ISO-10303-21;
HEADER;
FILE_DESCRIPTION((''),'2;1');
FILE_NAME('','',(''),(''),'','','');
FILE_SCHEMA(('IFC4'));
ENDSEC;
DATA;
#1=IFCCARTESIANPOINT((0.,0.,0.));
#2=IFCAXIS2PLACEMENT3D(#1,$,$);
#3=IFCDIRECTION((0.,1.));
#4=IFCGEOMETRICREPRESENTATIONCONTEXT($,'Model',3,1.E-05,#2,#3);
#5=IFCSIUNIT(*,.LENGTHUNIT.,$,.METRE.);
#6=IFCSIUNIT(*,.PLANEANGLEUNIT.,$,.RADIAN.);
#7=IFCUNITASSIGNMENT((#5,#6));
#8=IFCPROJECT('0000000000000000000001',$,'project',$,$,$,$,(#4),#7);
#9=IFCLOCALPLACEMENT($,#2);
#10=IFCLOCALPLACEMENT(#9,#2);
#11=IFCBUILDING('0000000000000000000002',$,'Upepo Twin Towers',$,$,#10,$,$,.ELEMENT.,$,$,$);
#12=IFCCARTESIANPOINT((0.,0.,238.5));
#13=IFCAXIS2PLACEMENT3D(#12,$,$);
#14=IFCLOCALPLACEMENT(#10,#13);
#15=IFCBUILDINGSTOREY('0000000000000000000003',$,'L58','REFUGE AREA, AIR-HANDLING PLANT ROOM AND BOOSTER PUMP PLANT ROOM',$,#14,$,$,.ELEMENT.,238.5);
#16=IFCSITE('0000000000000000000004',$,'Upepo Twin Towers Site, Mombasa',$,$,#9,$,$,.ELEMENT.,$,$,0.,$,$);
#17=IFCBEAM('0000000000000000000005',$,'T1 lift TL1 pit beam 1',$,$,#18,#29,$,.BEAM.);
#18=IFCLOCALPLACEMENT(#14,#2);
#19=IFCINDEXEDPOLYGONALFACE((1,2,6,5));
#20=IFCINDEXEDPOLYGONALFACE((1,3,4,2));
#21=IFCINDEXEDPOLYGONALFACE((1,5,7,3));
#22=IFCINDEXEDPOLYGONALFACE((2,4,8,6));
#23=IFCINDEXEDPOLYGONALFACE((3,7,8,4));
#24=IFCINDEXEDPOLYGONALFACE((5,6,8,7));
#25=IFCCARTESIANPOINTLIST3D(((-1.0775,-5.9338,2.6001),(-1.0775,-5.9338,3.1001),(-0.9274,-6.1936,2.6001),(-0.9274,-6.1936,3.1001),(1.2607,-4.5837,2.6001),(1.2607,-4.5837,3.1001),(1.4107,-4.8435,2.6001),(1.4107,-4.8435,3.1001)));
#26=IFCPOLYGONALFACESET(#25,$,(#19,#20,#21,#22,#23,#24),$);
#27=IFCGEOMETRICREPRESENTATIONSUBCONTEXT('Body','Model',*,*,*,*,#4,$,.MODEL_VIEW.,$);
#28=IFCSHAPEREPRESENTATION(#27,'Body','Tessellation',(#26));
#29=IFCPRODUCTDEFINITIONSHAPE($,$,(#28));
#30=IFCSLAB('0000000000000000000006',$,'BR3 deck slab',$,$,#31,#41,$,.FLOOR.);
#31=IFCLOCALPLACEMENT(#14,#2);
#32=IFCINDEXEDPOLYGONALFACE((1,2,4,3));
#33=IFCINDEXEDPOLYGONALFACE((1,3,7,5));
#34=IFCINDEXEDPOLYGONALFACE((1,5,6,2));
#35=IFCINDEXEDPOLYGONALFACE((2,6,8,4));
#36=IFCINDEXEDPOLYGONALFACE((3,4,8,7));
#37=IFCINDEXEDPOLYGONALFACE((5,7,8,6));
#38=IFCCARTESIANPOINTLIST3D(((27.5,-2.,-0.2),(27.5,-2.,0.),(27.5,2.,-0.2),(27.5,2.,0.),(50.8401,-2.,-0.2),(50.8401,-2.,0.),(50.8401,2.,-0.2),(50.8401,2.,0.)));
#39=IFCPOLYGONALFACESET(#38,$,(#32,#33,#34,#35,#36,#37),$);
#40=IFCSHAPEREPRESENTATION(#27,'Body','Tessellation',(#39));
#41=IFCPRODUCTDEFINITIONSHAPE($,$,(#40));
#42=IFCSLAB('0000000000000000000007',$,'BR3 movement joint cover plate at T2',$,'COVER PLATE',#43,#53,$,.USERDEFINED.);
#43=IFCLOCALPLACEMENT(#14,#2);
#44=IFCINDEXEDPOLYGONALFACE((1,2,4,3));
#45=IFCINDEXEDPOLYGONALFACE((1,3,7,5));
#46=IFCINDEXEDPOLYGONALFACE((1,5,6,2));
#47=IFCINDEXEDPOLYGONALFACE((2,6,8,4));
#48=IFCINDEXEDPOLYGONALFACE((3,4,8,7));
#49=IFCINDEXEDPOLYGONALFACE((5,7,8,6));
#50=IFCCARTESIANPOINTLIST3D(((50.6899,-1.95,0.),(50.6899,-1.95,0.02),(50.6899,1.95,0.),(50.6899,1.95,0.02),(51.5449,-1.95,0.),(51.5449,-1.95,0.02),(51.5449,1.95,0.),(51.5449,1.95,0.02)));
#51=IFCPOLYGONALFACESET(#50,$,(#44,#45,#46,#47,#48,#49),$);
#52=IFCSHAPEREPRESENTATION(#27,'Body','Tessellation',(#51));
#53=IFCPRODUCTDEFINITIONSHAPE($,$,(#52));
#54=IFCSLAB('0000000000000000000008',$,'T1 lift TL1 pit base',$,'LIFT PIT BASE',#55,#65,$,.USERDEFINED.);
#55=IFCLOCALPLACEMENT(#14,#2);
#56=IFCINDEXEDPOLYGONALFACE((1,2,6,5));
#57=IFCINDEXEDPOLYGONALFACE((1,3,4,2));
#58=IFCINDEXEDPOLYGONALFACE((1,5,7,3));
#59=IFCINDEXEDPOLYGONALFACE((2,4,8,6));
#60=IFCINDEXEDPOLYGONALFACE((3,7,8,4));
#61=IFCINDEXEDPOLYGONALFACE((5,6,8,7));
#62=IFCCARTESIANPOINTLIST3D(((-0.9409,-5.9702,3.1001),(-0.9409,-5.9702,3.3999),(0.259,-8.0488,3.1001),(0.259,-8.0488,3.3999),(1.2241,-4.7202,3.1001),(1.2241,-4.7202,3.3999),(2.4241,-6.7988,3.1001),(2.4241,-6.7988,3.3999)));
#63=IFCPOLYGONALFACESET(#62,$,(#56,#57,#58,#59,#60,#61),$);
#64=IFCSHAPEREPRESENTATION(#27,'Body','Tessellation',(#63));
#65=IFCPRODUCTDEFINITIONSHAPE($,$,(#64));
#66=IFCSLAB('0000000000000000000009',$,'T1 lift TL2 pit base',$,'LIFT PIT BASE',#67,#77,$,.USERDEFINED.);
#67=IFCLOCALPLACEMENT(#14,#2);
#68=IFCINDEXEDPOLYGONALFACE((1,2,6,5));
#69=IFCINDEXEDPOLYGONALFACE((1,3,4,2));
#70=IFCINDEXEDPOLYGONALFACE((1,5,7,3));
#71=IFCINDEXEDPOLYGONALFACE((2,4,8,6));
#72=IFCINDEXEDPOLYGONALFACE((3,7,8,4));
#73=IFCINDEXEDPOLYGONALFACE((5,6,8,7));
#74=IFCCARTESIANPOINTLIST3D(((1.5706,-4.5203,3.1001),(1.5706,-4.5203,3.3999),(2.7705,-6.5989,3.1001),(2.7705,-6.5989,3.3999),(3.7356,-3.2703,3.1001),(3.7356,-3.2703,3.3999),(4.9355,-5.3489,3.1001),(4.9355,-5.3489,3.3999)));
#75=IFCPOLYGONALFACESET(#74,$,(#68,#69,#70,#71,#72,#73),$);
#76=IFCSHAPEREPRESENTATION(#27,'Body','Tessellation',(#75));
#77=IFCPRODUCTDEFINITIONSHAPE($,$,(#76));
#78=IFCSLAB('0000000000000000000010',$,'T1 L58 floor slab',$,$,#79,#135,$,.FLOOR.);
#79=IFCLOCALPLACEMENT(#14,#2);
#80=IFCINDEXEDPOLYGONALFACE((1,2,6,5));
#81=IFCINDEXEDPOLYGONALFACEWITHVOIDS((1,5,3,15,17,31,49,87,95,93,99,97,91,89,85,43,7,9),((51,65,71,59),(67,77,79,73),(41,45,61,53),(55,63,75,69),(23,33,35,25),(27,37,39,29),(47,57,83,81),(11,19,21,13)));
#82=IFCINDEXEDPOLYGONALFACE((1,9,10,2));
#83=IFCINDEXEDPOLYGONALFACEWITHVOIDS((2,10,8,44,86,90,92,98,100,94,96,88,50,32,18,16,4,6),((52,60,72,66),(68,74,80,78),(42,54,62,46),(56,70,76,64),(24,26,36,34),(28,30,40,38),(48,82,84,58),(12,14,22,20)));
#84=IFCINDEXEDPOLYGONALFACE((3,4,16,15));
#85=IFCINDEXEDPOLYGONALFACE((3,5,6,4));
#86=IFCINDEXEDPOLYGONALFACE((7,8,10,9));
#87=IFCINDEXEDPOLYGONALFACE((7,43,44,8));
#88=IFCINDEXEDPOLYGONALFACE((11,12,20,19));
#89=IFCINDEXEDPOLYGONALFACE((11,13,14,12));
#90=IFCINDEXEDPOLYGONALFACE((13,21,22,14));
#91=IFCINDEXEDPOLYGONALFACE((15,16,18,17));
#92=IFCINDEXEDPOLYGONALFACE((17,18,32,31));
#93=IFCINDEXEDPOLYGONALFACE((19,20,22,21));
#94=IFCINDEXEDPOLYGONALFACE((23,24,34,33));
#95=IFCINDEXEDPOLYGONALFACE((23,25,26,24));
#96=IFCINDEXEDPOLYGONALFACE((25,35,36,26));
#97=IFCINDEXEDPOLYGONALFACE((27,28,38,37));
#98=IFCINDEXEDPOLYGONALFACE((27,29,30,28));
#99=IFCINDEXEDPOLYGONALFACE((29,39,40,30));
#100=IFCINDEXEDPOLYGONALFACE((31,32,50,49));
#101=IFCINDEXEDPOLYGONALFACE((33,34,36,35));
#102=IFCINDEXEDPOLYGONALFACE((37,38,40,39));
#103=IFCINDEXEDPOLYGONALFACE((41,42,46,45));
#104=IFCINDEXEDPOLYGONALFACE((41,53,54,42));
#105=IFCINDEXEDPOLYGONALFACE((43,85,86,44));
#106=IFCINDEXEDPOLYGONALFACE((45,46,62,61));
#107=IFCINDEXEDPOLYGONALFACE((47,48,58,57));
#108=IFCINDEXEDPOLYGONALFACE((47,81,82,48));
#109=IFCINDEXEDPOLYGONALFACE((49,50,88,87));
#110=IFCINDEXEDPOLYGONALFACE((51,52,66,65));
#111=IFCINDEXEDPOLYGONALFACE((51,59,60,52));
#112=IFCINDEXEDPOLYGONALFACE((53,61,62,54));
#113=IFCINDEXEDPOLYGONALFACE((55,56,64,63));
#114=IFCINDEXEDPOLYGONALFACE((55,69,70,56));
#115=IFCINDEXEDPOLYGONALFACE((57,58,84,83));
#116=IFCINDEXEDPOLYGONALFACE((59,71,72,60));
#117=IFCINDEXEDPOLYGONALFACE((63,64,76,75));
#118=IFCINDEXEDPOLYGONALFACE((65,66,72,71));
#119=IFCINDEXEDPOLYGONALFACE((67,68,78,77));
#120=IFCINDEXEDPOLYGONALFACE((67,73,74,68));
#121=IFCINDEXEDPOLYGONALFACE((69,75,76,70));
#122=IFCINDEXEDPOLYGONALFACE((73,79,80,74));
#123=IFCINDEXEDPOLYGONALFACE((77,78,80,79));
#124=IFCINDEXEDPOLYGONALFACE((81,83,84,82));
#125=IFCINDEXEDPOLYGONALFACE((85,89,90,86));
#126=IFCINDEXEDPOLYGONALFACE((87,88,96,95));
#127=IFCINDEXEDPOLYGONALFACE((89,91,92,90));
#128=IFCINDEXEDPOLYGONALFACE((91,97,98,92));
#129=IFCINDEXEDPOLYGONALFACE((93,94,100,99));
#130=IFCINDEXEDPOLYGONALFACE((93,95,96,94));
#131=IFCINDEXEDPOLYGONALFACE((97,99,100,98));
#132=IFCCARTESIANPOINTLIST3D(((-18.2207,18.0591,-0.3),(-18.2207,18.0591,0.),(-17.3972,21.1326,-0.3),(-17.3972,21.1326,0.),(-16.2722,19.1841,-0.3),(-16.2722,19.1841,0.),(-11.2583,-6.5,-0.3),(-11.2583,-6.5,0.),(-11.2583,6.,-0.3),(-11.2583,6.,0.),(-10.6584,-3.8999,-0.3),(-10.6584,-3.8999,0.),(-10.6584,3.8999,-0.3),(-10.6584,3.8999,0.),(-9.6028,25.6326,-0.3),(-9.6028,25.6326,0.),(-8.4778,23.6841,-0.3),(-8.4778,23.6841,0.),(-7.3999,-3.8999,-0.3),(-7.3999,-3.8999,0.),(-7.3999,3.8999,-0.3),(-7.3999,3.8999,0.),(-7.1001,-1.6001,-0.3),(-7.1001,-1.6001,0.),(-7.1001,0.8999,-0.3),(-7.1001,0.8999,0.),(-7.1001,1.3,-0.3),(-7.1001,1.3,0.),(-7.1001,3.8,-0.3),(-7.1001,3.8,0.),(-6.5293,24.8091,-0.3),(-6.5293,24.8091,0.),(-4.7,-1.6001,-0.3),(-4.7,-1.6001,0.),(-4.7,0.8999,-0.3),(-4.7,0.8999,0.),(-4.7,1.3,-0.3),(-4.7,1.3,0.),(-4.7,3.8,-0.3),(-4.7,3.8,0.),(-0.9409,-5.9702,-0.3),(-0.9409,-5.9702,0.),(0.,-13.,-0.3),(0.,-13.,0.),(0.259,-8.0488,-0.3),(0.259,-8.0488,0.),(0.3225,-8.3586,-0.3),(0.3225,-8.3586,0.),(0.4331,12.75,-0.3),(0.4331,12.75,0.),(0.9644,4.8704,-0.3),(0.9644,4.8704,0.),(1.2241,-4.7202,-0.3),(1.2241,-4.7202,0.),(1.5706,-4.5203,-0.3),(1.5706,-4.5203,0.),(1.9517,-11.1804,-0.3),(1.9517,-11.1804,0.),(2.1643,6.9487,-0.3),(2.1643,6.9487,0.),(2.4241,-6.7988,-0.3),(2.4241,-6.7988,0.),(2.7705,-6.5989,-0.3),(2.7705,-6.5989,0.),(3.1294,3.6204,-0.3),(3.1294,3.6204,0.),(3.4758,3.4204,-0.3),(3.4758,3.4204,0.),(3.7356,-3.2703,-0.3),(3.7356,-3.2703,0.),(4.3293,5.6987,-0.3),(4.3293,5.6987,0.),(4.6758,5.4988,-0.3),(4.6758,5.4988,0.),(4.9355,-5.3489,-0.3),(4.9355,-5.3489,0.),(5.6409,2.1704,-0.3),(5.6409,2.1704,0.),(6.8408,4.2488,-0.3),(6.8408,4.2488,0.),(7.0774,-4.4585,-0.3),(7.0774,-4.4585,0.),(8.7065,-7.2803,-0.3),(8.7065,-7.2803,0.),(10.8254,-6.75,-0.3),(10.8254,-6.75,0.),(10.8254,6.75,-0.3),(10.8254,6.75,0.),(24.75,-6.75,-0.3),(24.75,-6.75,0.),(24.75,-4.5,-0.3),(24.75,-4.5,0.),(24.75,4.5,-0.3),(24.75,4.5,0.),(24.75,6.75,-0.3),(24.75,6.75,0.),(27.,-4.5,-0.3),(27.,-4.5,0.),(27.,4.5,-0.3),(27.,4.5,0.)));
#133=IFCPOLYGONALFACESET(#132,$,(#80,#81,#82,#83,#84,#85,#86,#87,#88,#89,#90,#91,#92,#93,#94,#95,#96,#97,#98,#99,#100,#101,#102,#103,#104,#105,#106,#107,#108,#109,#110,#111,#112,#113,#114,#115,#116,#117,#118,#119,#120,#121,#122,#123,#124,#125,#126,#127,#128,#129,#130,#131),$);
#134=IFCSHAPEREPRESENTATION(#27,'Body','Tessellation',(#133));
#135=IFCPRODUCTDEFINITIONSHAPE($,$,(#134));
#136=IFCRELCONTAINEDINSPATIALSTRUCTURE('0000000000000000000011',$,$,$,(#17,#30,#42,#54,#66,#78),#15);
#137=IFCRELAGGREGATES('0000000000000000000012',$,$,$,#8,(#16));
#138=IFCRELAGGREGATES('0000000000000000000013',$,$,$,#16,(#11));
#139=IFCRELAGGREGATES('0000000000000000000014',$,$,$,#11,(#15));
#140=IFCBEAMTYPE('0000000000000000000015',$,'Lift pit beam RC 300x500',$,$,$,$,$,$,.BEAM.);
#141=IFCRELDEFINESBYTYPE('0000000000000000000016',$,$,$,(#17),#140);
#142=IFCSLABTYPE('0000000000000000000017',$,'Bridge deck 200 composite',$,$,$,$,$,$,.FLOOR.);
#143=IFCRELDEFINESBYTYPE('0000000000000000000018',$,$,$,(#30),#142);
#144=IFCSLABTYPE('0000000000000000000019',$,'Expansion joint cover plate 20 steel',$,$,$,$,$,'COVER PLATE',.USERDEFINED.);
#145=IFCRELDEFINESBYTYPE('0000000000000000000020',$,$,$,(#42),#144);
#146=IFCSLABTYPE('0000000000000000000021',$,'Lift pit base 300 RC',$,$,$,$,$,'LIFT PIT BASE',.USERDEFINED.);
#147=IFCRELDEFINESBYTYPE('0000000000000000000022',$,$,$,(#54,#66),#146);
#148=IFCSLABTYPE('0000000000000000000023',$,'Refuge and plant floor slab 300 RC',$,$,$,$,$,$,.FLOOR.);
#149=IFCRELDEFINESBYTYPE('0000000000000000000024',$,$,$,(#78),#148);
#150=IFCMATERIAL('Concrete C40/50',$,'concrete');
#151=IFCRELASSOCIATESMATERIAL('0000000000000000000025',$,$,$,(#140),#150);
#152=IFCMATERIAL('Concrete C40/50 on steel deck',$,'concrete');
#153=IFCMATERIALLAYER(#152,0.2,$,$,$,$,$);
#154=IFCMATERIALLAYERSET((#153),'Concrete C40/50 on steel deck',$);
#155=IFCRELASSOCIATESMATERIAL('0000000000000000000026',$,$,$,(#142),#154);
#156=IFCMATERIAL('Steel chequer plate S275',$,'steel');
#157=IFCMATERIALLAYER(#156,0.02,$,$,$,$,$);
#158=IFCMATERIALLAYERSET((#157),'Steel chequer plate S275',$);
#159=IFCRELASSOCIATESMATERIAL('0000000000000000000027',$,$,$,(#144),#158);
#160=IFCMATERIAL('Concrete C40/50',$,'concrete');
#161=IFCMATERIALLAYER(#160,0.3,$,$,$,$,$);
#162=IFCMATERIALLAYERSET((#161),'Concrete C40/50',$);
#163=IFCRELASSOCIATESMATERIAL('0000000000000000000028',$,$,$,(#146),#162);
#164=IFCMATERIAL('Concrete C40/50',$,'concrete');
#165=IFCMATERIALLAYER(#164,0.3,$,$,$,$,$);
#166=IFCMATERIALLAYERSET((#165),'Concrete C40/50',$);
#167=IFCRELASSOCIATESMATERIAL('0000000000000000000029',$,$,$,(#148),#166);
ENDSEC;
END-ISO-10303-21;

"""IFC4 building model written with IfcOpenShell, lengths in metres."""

from ifc_helpers import new_model, si_unit, direction, frame, origin, origin_2d, place, context, subcontext, project, spatial, polyline, rectangle, outline, extrude, material, layer, layer_set, material_profile, profile_set, type_object, element, save


model = new_model("IFC4")

# Units and contexts
model_context = context("Model", 3, precision=1e-05, world=origin(), true_north=direction((0.0, 1.0)))
body_context = subcontext(model_context, "Body", "Model", "MODEL_VIEW")
ifc_project = project(units=[si_unit("LENGTHUNIT", "METRE"), si_unit("PLANEANGLEUNIT", "RADIAN")], contexts=[model_context])

# Site, building, storey
site_placement = place(None, origin())
site = spatial("IfcSite", under=ifc_project, at=site_placement, Name="Upepo Twin Towers Site, Mombasa", CompositionType="ELEMENT", RefElevation=0.0)
building_placement = place(site_placement, origin())
building = spatial("IfcBuilding", under=site, at=building_placement, Name="Upepo Twin Towers", CompositionType="ELEMENT")
storey_placement = place(building_placement, frame((0.0, 0.0, 238.5)))
storey = spatial("IfcBuildingStorey", under=building, at=storey_placement, Name="L58", Description="REFUGE AREA, AIR-HANDLING PLANT ROOM AND BOOSTER PUMP PLANT ROOM", CompositionType="ELEMENT", Elevation=238.5)

# Beam
ifc_material_1 = material(Name="Concrete C40/50", Category="concrete")
ifc_material_profile = material_profile(ifc_material_1, rectangle(XDim=0.3, YDim=0.5, at=origin_2d()), Name="RC 300x500")
ifc_profile_set = profile_set([ifc_material_profile], Name="Concrete C40/50")
beam_type = type_object("IfcBeamType", Name="Lift pit beam RC 300x500", PredefinedType="BEAM", material=ifc_profile_set)
beam_placement = place(storey_placement, frame((-1.0024, -6.0637, 2.8501), z_axis=(0.865997, 0.500049, 0.0), x_axis=(-0.500049, 0.865997, 0.0)))
element("IfcBeam", 1, at=beam_placement, inside=storey, type_object=beam_type, Name="T1 lift TL1 pit beam 1", PredefinedType="BEAM", context=body_context, shape_type="SweptSolid", body=[
    extrude(rectangle(XDim=0.3, YDim=0.5, at=origin_2d()), origin(), (0.0, 0.0, 1.0), 2.7),
])

# Slabs
ifc_material_2 = material(Name="Concrete C40/50 on steel deck", Category="concrete")
ifc_layer_1 = layer(ifc_material_2, 0.2)
ifc_layer_set_1 = layer_set([ifc_layer_1], Name="Concrete C40/50 on steel deck")
slab_type_1 = type_object("IfcSlabType", Name="Bridge deck 200 composite", PredefinedType="FLOOR", material=ifc_layer_set_1)
slab_1_placement = place(storey_placement, frame((0.0, 0.0, -0.2)))
element("IfcSlab", 2, at=slab_1_placement, inside=storey, type_object=slab_type_1, Name="BR3 deck slab", PredefinedType="FLOOR", context=body_context, shape_type="SweptSolid", body=[
    extrude(outline(polyline([(27.5, -2.0), (50.8401, -2.0), (50.8401, 2.0), (27.5, 2.0), (27.5, -2.0)])), origin(), (0.0, 0.0, 1.0), 0.2),
])
ifc_material_3 = material(Name="Steel chequer plate S275", Category="steel")
ifc_layer_2 = layer(ifc_material_3, 0.02)
ifc_layer_set_2 = layer_set([ifc_layer_2], Name="Steel chequer plate S275")
slab_type_2 = type_object("IfcSlabType", Name="Expansion joint cover plate 20 steel", ElementType="COVER PLATE", PredefinedType="USERDEFINED", material=ifc_layer_set_2)
slab_2_placement = place(storey_placement, origin())
element("IfcSlab", 3, at=slab_2_placement, inside=storey, type_object=slab_type_2, Name="BR3 movement joint cover plate at T2", ObjectType="COVER PLATE", PredefinedType="USERDEFINED", context=body_context, shape_type="SweptSolid", body=[
    extrude(outline(polyline([(50.6899, -1.95), (51.5449, -1.95), (51.5449, 1.95), (50.6899, 1.95), (50.6899, -1.95)])), origin(), (0.0, 0.0, 1.0), 0.02),
])
ifc_material_4 = material(Name="Concrete C40/50", Category="concrete")
ifc_layer_3 = layer(ifc_material_4, 0.3)
ifc_layer_set_3 = layer_set([ifc_layer_3], Name="Concrete C40/50")
slab_type_3 = type_object("IfcSlabType", Name="Lift pit base 300 RC", ElementType="LIFT PIT BASE", PredefinedType="USERDEFINED", material=ifc_layer_set_3)
slab_3_placement = place(storey_placement, frame((0.0, 0.0, 3.1001)))
element("IfcSlab", 4, at=slab_3_placement, inside=storey, type_object=slab_type_3, Name="T1 lift TL1 pit base", ObjectType="LIFT PIT BASE", PredefinedType="USERDEFINED", context=body_context, shape_type="SweptSolid", body=[
    extrude(outline(polyline([(-0.9409, -5.9702), (0.259, -8.0488), (2.4241, -6.7988), (1.2241, -4.7202), (-0.9409, -5.9702)])), origin(), (0.0, 0.0, 1.0), 0.2998),
])
slab_4_placement = place(storey_placement, frame((0.0, 0.0, 3.1001)))
element("IfcSlab", 5, at=slab_4_placement, inside=storey, type_object=slab_type_3, Name="T1 lift TL2 pit base", ObjectType="LIFT PIT BASE", PredefinedType="USERDEFINED", context=body_context, shape_type="SweptSolid", body=[
    extrude(outline(polyline([(1.5706, -4.5203), (2.7705, -6.5989), (4.9355, -5.3489), (3.7356, -3.2703), (1.5706, -4.5203)])), origin(), (0.0, 0.0, 1.0), 0.2998),
])
ifc_material_5 = material(Name="Concrete C40/50", Category="concrete")
ifc_layer_4 = layer(ifc_material_5, 0.3)
ifc_layer_set_4 = layer_set([ifc_layer_4], Name="Concrete C40/50")
slab_type_4 = type_object("IfcSlabType", Name="Refuge and plant floor slab 300 RC", PredefinedType="FLOOR", material=ifc_layer_set_4)
slab_5_placement = place(storey_placement, frame((0.0, 0.0, -0.3)))
element("IfcSlab", 6, at=slab_5_placement, inside=storey, type_object=slab_type_4, Name="T1 L58 floor slab", PredefinedType="FLOOR", context=body_context, shape_type="SweptSolid", body=[
    extrude(outline(polyline([(10.8254, 6.75), (24.75, 6.75), (24.75, 4.5), (27.0, 4.5), (27.0, -4.5), (24.75, -4.5), (24.75, -6.75), (10.8254, -6.75), (0.0, -13.0), (-11.2583, -6.5), (-11.2583, 6.0), (-18.2207, 18.0591), (-16.2722, 19.1841), (-17.3972, 21.1326), (-9.6028, 25.6326), (-8.4778, 23.6841), (-6.5293, 24.8091), (0.4331, 12.75), (10.8254, 6.75)]), holes=[polyline([(5.6409, 2.1704), (6.8408, 4.2488), (4.6758, 5.4988), (3.4758, 3.4204), (5.6409, 2.1704)]), polyline([(3.1294, 3.6204), (4.3293, 5.6987), (2.1643, 6.9487), (0.9644, 4.8704), (3.1294, 3.6204)]), polyline([(-4.7, 3.8), (-7.1001, 3.8), (-7.1001, 1.3), (-4.7, 1.3), (-4.7, 3.8)]), polyline([(-4.7, 0.8999), (-7.1001, 0.8999), (-7.1001, -1.6001), (-4.7, -1.6001), (-4.7, 0.8999)]), polyline([(-7.3999, 3.8999), (-10.6584, 3.8999), (-10.6584, -3.8999), (-7.3999, -3.8999), (-7.3999, 3.8999)]), polyline([(-0.9409, -5.9702), (0.259, -8.0488), (2.4241, -6.7988), (1.2241, -4.7202), (-0.9409, -5.9702)]), polyline([(1.5706, -4.5203), (2.7705, -6.5989), (4.9355, -5.3489), (3.7356, -3.2703), (1.5706, -4.5203)]), polyline([(0.3225, -8.3586), (1.9517, -11.1804), (8.7065, -7.2803), (7.0774, -4.4585), (0.3225, -8.3586)])]), origin(), (0.0, 0.0, 1.0), 0.3),
])

save(model, "model.ifc")
